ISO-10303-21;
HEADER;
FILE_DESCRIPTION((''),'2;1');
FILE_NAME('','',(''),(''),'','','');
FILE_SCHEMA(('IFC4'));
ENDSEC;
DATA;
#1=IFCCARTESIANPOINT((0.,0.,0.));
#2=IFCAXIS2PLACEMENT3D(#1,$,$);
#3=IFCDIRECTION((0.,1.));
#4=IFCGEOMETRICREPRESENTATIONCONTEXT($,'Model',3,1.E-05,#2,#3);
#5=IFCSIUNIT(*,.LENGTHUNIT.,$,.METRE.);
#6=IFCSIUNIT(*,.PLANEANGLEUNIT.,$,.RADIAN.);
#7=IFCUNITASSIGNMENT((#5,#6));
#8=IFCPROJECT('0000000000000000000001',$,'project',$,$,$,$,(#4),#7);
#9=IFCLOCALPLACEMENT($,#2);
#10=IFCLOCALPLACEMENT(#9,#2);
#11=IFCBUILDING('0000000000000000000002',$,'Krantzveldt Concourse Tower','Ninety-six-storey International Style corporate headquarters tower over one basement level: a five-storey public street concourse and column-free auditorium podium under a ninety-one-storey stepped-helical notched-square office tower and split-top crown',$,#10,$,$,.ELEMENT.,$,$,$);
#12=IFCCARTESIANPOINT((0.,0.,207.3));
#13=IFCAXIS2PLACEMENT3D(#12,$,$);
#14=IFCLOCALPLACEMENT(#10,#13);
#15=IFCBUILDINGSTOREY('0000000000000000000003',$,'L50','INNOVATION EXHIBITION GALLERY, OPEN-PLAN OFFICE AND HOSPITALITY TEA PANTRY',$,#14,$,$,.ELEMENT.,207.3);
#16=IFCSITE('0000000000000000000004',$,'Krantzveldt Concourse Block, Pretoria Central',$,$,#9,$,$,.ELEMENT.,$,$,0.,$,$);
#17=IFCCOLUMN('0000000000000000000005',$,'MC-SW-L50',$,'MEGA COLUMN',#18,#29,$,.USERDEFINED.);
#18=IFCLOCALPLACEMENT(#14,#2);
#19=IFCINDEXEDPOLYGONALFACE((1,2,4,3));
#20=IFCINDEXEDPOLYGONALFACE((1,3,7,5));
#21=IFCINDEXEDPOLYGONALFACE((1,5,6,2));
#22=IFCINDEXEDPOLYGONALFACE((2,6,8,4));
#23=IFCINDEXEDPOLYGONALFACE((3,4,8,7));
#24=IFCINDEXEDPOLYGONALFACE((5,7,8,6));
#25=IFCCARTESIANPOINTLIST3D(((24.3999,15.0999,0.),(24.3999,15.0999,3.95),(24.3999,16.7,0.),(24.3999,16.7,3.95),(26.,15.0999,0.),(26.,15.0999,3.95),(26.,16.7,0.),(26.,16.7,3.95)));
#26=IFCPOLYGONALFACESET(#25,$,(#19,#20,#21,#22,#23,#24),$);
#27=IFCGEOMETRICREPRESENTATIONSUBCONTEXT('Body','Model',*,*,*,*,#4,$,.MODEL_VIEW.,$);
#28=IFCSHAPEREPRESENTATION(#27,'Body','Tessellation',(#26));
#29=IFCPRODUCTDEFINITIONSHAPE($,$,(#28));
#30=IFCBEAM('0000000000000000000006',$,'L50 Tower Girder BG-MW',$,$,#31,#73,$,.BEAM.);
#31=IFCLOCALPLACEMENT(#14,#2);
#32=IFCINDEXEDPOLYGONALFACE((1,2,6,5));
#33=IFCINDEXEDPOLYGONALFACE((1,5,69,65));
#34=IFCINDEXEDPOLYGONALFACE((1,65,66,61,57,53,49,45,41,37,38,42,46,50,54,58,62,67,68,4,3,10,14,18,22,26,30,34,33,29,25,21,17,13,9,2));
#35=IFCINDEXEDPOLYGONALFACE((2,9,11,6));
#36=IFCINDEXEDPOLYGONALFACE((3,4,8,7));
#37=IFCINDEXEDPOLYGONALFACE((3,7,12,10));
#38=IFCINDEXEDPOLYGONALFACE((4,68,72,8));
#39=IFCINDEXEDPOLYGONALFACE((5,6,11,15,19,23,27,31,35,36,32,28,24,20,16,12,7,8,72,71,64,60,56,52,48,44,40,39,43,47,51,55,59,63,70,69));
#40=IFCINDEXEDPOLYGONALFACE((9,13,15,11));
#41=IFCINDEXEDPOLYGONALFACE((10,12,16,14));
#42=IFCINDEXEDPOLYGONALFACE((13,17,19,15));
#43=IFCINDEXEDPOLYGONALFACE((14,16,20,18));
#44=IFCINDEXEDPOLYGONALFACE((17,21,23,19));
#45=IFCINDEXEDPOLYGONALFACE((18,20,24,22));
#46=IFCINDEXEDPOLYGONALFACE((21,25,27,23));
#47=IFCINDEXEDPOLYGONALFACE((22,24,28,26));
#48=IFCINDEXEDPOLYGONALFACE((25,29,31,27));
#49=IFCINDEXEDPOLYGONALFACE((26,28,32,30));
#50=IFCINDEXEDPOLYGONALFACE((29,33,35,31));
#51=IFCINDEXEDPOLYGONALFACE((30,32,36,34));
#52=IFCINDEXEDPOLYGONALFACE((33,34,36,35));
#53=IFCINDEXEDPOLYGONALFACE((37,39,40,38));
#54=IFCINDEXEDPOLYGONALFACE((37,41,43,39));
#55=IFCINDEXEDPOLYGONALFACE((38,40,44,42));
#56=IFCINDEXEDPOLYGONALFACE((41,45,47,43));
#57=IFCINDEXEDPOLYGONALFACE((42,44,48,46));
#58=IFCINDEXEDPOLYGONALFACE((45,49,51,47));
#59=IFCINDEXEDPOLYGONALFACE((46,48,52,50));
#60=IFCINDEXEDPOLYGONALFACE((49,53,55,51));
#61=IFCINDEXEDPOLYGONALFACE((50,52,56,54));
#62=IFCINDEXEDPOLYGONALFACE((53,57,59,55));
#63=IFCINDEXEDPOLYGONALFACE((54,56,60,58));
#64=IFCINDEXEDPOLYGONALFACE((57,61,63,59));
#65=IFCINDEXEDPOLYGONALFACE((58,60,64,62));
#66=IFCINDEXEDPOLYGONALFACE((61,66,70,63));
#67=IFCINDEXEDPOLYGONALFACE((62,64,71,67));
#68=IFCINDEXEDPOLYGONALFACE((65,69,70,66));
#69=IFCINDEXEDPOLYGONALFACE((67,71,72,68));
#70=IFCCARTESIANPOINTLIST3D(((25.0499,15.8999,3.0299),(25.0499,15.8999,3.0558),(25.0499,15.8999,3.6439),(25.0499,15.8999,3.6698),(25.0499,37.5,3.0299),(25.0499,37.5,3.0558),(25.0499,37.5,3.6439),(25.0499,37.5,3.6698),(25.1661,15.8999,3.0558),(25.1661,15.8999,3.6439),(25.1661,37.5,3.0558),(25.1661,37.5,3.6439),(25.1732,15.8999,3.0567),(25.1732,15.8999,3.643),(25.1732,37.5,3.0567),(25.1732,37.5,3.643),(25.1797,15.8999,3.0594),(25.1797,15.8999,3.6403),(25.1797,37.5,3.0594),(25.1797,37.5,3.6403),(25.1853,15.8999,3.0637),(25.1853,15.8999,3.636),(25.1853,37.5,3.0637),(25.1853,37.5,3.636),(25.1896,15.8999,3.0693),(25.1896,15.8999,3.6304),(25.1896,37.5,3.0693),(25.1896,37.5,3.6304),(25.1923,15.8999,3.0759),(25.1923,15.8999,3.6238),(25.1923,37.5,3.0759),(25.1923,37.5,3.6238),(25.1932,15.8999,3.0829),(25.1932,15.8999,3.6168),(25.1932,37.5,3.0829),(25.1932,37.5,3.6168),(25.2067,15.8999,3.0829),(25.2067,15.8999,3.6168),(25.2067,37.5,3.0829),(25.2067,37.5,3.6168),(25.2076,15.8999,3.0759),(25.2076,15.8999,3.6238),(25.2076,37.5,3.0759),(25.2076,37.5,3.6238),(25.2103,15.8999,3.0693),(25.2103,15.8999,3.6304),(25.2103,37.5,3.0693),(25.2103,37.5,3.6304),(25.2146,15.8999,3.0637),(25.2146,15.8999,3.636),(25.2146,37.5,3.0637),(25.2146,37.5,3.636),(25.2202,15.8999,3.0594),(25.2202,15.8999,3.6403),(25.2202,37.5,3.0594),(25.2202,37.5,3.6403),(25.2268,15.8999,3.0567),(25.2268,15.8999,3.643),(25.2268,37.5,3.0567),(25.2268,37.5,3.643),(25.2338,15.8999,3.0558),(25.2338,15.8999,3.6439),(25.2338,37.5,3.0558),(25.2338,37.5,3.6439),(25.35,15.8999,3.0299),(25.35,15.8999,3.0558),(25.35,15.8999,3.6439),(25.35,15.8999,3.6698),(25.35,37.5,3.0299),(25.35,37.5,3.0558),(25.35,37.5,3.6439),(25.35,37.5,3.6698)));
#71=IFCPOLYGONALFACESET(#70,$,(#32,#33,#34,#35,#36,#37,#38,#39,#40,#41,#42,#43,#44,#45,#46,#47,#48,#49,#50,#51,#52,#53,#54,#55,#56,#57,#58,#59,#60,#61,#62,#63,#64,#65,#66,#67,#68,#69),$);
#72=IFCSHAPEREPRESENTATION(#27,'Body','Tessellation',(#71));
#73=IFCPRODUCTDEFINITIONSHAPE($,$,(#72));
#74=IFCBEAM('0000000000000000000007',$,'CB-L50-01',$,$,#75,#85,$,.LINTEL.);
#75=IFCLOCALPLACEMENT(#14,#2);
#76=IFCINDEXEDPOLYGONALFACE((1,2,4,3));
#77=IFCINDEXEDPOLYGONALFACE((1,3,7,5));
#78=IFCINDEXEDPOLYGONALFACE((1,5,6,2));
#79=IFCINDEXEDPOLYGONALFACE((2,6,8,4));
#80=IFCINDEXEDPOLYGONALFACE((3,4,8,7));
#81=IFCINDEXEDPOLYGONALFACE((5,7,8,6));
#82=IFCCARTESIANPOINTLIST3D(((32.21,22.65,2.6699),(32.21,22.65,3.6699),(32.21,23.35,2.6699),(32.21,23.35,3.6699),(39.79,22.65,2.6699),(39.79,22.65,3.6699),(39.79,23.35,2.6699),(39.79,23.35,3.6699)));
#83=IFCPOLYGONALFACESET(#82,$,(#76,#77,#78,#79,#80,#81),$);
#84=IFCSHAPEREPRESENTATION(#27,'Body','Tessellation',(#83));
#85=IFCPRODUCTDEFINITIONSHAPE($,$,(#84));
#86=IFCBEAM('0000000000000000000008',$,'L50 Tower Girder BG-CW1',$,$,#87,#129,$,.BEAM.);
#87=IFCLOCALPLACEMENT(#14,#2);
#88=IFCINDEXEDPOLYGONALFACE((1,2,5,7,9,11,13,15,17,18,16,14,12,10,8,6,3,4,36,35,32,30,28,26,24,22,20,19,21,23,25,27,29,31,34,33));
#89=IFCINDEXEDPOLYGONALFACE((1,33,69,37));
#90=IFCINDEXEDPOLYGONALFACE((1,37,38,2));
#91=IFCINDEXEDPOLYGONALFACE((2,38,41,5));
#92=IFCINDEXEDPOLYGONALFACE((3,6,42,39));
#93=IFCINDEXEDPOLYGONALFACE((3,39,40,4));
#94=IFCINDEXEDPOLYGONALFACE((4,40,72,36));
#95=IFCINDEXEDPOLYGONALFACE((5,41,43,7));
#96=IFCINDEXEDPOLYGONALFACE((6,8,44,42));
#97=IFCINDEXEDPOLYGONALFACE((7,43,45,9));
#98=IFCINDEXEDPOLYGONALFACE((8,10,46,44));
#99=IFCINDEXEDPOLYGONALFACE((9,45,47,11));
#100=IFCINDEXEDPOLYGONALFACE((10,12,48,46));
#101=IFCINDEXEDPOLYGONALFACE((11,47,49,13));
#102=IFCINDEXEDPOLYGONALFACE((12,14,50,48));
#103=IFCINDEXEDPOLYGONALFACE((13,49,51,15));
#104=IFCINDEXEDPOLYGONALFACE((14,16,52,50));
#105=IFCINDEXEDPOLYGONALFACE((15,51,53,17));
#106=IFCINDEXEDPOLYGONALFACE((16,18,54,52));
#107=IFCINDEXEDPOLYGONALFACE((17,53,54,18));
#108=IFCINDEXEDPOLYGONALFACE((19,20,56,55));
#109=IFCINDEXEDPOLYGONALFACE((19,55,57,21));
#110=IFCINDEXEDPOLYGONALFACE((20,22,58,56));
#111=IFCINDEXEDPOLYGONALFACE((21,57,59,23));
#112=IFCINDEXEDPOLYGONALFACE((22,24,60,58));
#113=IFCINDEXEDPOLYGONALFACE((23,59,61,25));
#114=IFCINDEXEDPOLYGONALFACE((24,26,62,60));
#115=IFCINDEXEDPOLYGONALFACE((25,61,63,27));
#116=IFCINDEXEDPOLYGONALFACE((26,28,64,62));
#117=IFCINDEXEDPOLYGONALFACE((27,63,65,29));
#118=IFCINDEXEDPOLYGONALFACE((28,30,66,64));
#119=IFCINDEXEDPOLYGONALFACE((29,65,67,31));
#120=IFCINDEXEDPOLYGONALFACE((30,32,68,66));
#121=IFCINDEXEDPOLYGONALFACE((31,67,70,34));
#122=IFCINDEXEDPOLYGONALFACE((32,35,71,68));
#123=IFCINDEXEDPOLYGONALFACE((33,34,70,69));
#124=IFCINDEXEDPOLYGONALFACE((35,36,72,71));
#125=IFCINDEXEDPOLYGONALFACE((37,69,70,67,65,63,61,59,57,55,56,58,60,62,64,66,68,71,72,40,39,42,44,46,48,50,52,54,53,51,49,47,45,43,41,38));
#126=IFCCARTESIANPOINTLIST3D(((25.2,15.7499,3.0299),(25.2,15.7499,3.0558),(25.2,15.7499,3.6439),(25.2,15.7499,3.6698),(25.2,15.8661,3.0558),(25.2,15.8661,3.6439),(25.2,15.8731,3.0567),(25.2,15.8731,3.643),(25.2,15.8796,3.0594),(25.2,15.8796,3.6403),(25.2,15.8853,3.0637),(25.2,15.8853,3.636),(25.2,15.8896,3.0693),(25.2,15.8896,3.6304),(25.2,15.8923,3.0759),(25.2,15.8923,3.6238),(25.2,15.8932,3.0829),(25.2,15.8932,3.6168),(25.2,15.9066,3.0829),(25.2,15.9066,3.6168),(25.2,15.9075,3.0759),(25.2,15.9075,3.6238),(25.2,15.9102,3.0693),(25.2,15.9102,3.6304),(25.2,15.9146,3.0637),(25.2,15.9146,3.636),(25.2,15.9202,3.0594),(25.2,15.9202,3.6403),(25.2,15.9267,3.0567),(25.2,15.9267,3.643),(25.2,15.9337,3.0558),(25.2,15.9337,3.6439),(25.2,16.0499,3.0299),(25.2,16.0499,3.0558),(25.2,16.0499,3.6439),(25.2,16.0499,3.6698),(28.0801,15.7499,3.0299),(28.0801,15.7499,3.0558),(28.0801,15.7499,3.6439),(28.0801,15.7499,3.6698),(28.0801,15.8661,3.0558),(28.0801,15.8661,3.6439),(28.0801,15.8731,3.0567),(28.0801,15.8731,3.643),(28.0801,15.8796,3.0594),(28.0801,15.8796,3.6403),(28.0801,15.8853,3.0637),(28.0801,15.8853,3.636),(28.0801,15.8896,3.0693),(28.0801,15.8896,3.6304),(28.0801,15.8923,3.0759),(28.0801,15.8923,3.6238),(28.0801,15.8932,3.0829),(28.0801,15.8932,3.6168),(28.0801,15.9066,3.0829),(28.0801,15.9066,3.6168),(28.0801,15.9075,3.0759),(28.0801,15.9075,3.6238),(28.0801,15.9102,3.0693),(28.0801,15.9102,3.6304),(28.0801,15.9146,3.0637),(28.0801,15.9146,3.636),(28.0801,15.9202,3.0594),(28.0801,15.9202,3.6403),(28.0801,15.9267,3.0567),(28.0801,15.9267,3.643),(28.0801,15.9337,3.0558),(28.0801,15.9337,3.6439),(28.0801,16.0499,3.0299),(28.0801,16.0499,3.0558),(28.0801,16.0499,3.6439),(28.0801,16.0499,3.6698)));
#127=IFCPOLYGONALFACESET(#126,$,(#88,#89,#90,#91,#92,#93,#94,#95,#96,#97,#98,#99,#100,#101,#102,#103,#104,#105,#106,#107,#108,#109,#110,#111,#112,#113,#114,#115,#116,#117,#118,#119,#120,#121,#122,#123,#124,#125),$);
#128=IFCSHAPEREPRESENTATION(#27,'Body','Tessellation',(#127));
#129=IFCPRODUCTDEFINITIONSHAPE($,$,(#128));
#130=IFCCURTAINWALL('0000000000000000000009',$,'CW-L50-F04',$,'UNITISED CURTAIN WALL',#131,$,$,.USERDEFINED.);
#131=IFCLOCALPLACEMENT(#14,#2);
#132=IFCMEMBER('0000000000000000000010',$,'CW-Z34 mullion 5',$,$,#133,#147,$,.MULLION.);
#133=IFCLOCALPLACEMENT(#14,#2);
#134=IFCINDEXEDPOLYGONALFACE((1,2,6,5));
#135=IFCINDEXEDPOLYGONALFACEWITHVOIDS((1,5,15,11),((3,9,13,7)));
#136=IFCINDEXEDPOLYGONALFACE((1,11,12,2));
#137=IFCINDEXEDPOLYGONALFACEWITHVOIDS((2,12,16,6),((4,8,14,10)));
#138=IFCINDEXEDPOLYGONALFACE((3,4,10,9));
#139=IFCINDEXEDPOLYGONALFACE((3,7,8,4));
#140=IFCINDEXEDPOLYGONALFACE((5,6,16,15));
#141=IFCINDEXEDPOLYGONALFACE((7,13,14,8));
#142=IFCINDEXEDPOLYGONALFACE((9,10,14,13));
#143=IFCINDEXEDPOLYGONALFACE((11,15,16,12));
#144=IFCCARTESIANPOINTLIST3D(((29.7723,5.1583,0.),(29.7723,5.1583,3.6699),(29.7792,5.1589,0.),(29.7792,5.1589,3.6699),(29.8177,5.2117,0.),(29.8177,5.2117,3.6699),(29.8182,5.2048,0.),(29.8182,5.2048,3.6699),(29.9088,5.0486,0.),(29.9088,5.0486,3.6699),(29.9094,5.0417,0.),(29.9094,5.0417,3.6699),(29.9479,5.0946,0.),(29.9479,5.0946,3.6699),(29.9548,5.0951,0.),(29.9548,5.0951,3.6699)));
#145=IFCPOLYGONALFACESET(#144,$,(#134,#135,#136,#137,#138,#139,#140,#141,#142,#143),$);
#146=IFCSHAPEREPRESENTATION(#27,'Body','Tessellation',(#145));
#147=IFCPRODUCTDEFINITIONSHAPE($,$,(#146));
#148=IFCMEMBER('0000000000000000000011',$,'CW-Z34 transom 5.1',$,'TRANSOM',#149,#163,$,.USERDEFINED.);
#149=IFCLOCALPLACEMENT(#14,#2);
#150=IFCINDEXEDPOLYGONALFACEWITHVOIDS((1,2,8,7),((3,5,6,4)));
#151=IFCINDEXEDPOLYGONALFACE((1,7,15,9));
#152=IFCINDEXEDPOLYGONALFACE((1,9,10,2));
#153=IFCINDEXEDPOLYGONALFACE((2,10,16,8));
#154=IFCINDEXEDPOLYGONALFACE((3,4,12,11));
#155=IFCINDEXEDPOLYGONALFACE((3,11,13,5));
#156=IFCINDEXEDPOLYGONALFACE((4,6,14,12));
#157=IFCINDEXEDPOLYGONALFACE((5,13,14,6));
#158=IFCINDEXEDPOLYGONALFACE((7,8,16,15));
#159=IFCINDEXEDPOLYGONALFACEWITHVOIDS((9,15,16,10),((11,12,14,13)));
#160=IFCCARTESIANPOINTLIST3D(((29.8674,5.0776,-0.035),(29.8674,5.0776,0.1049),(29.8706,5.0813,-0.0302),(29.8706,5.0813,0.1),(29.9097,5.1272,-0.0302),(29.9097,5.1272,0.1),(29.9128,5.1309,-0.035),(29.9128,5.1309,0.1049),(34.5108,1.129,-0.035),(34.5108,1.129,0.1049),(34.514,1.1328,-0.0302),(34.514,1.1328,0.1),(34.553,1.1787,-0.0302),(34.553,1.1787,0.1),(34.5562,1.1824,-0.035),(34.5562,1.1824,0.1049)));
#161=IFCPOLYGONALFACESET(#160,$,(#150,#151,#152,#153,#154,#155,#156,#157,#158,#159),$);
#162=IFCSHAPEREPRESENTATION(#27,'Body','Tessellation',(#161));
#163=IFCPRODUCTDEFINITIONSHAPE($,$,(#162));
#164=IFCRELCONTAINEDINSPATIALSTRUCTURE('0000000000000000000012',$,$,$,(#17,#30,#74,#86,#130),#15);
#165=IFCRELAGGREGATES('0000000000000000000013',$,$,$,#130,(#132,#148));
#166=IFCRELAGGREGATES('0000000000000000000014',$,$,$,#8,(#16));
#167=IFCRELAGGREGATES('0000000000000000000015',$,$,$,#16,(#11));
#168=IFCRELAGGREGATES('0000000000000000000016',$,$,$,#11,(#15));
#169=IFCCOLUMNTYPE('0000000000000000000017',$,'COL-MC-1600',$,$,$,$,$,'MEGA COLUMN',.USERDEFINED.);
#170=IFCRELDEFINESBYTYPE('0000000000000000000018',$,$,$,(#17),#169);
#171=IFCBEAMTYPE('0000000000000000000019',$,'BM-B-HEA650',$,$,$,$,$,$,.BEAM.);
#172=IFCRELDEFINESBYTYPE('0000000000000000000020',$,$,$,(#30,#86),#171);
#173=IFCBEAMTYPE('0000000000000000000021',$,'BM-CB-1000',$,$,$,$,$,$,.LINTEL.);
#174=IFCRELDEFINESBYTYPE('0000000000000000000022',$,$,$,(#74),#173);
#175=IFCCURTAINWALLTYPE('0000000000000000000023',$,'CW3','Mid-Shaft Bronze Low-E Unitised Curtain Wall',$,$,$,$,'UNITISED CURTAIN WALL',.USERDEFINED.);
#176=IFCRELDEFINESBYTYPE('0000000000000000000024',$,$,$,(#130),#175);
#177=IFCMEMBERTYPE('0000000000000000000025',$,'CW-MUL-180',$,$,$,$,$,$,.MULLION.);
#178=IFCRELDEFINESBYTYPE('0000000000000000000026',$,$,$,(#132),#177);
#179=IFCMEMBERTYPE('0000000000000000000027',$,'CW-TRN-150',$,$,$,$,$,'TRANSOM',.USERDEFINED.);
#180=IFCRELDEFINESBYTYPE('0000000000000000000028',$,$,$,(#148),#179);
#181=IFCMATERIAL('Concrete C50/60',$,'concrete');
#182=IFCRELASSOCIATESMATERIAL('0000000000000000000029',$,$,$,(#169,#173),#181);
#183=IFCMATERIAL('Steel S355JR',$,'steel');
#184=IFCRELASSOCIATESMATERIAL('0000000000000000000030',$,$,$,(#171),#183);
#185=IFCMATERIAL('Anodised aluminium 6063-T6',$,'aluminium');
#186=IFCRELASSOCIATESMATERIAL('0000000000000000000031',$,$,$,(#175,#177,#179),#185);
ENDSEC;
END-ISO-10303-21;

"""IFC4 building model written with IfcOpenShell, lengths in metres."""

from ifc_helpers import new_model, si_unit, direction, frame, origin, origin_2d, place, context, subcontext, project, spatial, rectangle, hollow_rectangle, i_section, extrude, source, transform, mapped, material, material_profile, profile_set, type_object, type_shapes, element, aggregate, save


model = new_model("IFC4")

# Units and contexts
model_context = context("Model", 3, precision=1e-05, world=origin(), true_north=direction((0.0, 1.0)))
body_context = subcontext(model_context, "Body", "Model", "MODEL_VIEW")
ifc_project = project(units=[si_unit("LENGTHUNIT", "METRE"), si_unit("PLANEANGLEUNIT", "RADIAN")], contexts=[model_context])

# Site, building, storey
site_placement = place(None, origin())
site = spatial("IfcSite", under=ifc_project, at=site_placement, Name="Krantzveldt Concourse Block, Pretoria Central", CompositionType="ELEMENT", RefElevation=0.0)
building_placement = place(site_placement, origin())
building = spatial("IfcBuilding", under=site, at=building_placement, Name="Krantzveldt Concourse Tower", Description="Ninety-six-storey International Style corporate headquarters tower over one basement level: a five-storey public street concourse and column-free auditorium podium under a ninety-one-storey stepped-helical notched-square office tower and split-top crown", CompositionType="ELEMENT")
storey_placement = place(building_placement, frame((0.0, 0.0, 207.3)))
storey = spatial("IfcBuildingStorey", under=building, at=storey_placement, Name="L50", Description="INNOVATION EXHIBITION GALLERY, OPEN-PLAN OFFICE AND HOSPITALITY TEA PANTRY", CompositionType="ELEMENT", Elevation=207.3)

# Column
ifc_material_1 = material(Name="Concrete C50/60", Category="concrete")
ifc_material_profile_1 = material_profile(ifc_material_1, rectangle(XDim=1.6001, YDim=1.6001, at=origin_2d()), Name="Concrete C50/60", Category="concrete")
ifc_profile_set_1 = profile_set([ifc_material_profile_1], Name="Concrete C50/60 - RC 1600x1600")
column_type = type_object("IfcColumnType", Name="COL-MC-1600", ElementType="MEGA COLUMN", PredefinedType="USERDEFINED", material=ifc_profile_set_1)
shared_shape_1 = source(origin(), body_context, "Body", "SweptSolid", [
    extrude(rectangle(XDim=1.6001, YDim=1.6001, at=origin_2d()), origin(), (0.0, 0.0, 1.0), 3.95),
])
type_shapes(column_type, [shared_shape_1])
column_placement = place(storey_placement, frame((25.2, 15.8999, 0.0), z_axis=(0.0, 0.0, 1.0), x_axis=(1.0, 0.0, 0.0)))
element("IfcColumn", 1, at=column_placement, inside=storey, type_object=column_type, Name="MC-SW-L50", ObjectType="MEGA COLUMN", PredefinedType="USERDEFINED", context=body_context, shape_type="MappedRepresentation", body=[
    mapped(shared_shape_1, transform((0.0, 0.0, 0.0), x_axis=(1.0, 0.0, 0.0), y_axis=(0.0, 1.0, 0.0), z_axis=(0.0, 0.0, 1.0), scale=1.0)),
])

# Beams
ifc_material_2 = material(Name="Steel S355JR", Category="steel")
ifc_material_profile_2 = material_profile(ifc_material_2, i_section(OverallWidth=0.3, OverallDepth=0.6399, WebThickness=0.0134, FlangeThickness=0.0259, FilletRadius=0.0271, at=origin_2d()), Name="Steel S355JR", Category="steel")
ifc_profile_set_2 = profile_set([ifc_material_profile_2], Name="Steel S355JR - HEA 650")
beam_type_1 = type_object("IfcBeamType", Name="BM-B-HEA650", PredefinedType="BEAM", material=ifc_profile_set_2)
shared_shape_2 = source(origin(), body_context, "Body", "SweptSolid", [
    extrude(i_section(OverallWidth=0.3, OverallDepth=0.6399, WebThickness=0.0134, FlangeThickness=0.0259, FilletRadius=0.0271, at=origin_2d()), origin(), (0.0, 0.0, 1.0), 21.6001),
])
beam_1_placement = place(storey_placement, frame((25.2, 15.8999, 3.3499), z_axis=(0.0, 1.0, 0.0), x_axis=(-1.0, 0.0, 0.0)))
element("IfcBeam", 2, at=beam_1_placement, inside=storey, type_object=beam_type_1, Name="L50 Tower Girder BG-MW", PredefinedType="BEAM", context=body_context, shape_type="MappedRepresentation", body=[
    mapped(shared_shape_2, transform((0.0, 0.0, 0.0), x_axis=(1.0, 0.0, 0.0), y_axis=(0.0, 1.0, 0.0), z_axis=(0.0, 0.0, 1.0), scale=1.0)),
])
ifc_material_profile_3 = material_profile(ifc_material_1, rectangle(XDim=0.7, YDim=1.0, at=origin_2d()), Name="Concrete C50/60", Category="concrete")
ifc_profile_set_3 = profile_set([ifc_material_profile_3], Name="Concrete C50/60 - RC-CB 700x1000")
beam_type_2 = type_object("IfcBeamType", Name="BM-CB-1000", PredefinedType="LINTEL", material=ifc_profile_set_3)
shared_shape_3 = source(origin(), body_context, "Body", "SweptSolid", [
    extrude(rectangle(XDim=0.7, YDim=1.0, at=origin_2d()), origin(), (0.0, 0.0, 1.0), 7.5801),
])
type_shapes(beam_type_2, [shared_shape_3])
beam_2_placement = place(storey_placement, frame((32.21, 23.0, 3.1699), z_axis=(1.0, 0.0, 0.0), x_axis=(0.0, 1.0, 0.0)))
element("IfcBeam", 3, at=beam_2_placement, inside=storey, type_object=beam_type_2, Name="CB-L50-01", PredefinedType="LINTEL", context=body_context, shape_type="MappedRepresentation", body=[
    mapped(shared_shape_3, transform((0.0, 0.0, 0.0), x_axis=(1.0, 0.0, 0.0), y_axis=(0.0, 1.0, 0.0), z_axis=(0.0, 0.0, 1.0), scale=1.0)),
])
shared_shape_4 = source(origin(), body_context, "Body", "SweptSolid", [
    extrude(i_section(OverallWidth=0.3, OverallDepth=0.6399, WebThickness=0.0134, FlangeThickness=0.0259, FilletRadius=0.0271, at=origin_2d()), origin(), (0.0, 0.0, 1.0), 2.8801),
])
type_shapes(beam_type_1, [shared_shape_2, shared_shape_4])
beam_3_placement = place(storey_placement, frame((25.2, 15.8999, 3.3499), z_axis=(1.0, 0.0, 0.0), x_axis=(0.0, 1.0, 0.0)))
element("IfcBeam", 4, at=beam_3_placement, inside=storey, type_object=beam_type_1, Name="L50 Tower Girder BG-CW1", PredefinedType="BEAM", context=body_context, shape_type="MappedRepresentation", body=[
    mapped(shared_shape_4, transform((0.0, 0.0, 0.0), x_axis=(1.0, 0.0, 0.0), y_axis=(0.0, 1.0, 0.0), z_axis=(0.0, 0.0, 1.0), scale=1.0)),
])

# Curtain wall, members
ifc_material_3 = material(Name="Anodised aluminium 6063-T6", Category="aluminium")
curtain_wall_type = type_object("IfcCurtainWallType", Name="CW3", Description="Mid-Shaft Bronze Low-E Unitised Curtain Wall", ElementType="UNITISED CURTAIN WALL", PredefinedType="USERDEFINED", material=ifc_material_3)
curtain_wall_placement = place(storey_placement, origin())
curtain_wall = element("IfcCurtainWall", 5, at=curtain_wall_placement, inside=storey, type_object=curtain_wall_type, Name="CW-L50-F04", ObjectType="UNITISED CURTAIN WALL", PredefinedType="USERDEFINED")
ifc_material_profile_4 = material_profile(ifc_material_3, hollow_rectangle(XDim=0.0701, YDim=0.1799, WallThickness=0.0049, at=origin_2d()), Name="Anodised aluminium 6063-T6", Category="aluminium")
ifc_profile_set_4 = profile_set([ifc_material_profile_4], Name="Anodised aluminium 6063-T6 - ALU-MULL 180x70x5")
member_type_1 = type_object("IfcMemberType", Name="CW-MUL-180", PredefinedType="MULLION", material=ifc_profile_set_4)
shared_shape_5 = source(origin(), body_context, "Body", "SweptSolid", [
    extrude(hollow_rectangle(XDim=0.0701, YDim=0.1799, WallThickness=0.0049, at=origin_2d()), origin(), (0.0, 0.0, 1.0), 3.6699),
])
type_shapes(member_type_1, [shared_shape_5])
member_1_placement = place(storey_placement, frame((29.8635, 5.1267, 0.0), z_axis=(0.0, 0.0, 1.0), x_axis=(0.647788, 0.761821, 0.0)))
member_1 = element("IfcMember", 6, at=member_1_placement, type_object=member_type_1, Name="CW-Z34 mullion 5", PredefinedType="MULLION", context=body_context, shape_type="MappedRepresentation", body=[
    mapped(shared_shape_5, transform((0.0, 0.0, 0.0), x_axis=(1.0, 0.0, 0.0), y_axis=(0.0, 1.0, 0.0), z_axis=(0.0, 0.0, 1.0), scale=1.0)),
])
ifc_material_profile_5 = material_profile(ifc_material_3, hollow_rectangle(XDim=0.0701, YDim=0.1399, WallThickness=0.0049, at=origin_2d()), Name="Anodised aluminium 6063-T6", Category="aluminium")
ifc_profile_set_5 = profile_set([ifc_material_profile_5], Name="Anodised aluminium 6063-T6 - ALU-TRAN 140x70x5")
member_type_2 = type_object("IfcMemberType", Name="CW-TRN-150", ElementType="TRANSOM", PredefinedType="USERDEFINED", material=ifc_profile_set_5)
shared_shape_6 = source(origin(), body_context, "Body", "SweptSolid", [
    extrude(hollow_rectangle(XDim=0.0701, YDim=0.1399, WallThickness=0.0049, at=origin_2d()), origin(), (0.0, 0.0, 1.0), 6.0952),
])
type_shapes(member_type_2, [shared_shape_6])
member_2_placement = place(storey_placement, frame((29.8901, 5.1042, 0.0349), z_axis=(0.761804, -0.647808, 0.0), x_axis=(0.647808, 0.761804, 0.0)))
member_2 = element("IfcMember", 7, at=member_2_placement, type_object=member_type_2, Name="CW-Z34 transom 5.1", ObjectType="TRANSOM", PredefinedType="USERDEFINED", context=body_context, shape_type="MappedRepresentation", body=[
    mapped(shared_shape_6, transform((0.0, 0.0, 0.0), x_axis=(1.0, 0.0, 0.0), y_axis=(0.0, 1.0, 0.0), z_axis=(0.0, 0.0, 1.0), scale=1.0)),
])
aggregate(curtain_wall, [member_1, member_2])

save(model, "model.ifc")
